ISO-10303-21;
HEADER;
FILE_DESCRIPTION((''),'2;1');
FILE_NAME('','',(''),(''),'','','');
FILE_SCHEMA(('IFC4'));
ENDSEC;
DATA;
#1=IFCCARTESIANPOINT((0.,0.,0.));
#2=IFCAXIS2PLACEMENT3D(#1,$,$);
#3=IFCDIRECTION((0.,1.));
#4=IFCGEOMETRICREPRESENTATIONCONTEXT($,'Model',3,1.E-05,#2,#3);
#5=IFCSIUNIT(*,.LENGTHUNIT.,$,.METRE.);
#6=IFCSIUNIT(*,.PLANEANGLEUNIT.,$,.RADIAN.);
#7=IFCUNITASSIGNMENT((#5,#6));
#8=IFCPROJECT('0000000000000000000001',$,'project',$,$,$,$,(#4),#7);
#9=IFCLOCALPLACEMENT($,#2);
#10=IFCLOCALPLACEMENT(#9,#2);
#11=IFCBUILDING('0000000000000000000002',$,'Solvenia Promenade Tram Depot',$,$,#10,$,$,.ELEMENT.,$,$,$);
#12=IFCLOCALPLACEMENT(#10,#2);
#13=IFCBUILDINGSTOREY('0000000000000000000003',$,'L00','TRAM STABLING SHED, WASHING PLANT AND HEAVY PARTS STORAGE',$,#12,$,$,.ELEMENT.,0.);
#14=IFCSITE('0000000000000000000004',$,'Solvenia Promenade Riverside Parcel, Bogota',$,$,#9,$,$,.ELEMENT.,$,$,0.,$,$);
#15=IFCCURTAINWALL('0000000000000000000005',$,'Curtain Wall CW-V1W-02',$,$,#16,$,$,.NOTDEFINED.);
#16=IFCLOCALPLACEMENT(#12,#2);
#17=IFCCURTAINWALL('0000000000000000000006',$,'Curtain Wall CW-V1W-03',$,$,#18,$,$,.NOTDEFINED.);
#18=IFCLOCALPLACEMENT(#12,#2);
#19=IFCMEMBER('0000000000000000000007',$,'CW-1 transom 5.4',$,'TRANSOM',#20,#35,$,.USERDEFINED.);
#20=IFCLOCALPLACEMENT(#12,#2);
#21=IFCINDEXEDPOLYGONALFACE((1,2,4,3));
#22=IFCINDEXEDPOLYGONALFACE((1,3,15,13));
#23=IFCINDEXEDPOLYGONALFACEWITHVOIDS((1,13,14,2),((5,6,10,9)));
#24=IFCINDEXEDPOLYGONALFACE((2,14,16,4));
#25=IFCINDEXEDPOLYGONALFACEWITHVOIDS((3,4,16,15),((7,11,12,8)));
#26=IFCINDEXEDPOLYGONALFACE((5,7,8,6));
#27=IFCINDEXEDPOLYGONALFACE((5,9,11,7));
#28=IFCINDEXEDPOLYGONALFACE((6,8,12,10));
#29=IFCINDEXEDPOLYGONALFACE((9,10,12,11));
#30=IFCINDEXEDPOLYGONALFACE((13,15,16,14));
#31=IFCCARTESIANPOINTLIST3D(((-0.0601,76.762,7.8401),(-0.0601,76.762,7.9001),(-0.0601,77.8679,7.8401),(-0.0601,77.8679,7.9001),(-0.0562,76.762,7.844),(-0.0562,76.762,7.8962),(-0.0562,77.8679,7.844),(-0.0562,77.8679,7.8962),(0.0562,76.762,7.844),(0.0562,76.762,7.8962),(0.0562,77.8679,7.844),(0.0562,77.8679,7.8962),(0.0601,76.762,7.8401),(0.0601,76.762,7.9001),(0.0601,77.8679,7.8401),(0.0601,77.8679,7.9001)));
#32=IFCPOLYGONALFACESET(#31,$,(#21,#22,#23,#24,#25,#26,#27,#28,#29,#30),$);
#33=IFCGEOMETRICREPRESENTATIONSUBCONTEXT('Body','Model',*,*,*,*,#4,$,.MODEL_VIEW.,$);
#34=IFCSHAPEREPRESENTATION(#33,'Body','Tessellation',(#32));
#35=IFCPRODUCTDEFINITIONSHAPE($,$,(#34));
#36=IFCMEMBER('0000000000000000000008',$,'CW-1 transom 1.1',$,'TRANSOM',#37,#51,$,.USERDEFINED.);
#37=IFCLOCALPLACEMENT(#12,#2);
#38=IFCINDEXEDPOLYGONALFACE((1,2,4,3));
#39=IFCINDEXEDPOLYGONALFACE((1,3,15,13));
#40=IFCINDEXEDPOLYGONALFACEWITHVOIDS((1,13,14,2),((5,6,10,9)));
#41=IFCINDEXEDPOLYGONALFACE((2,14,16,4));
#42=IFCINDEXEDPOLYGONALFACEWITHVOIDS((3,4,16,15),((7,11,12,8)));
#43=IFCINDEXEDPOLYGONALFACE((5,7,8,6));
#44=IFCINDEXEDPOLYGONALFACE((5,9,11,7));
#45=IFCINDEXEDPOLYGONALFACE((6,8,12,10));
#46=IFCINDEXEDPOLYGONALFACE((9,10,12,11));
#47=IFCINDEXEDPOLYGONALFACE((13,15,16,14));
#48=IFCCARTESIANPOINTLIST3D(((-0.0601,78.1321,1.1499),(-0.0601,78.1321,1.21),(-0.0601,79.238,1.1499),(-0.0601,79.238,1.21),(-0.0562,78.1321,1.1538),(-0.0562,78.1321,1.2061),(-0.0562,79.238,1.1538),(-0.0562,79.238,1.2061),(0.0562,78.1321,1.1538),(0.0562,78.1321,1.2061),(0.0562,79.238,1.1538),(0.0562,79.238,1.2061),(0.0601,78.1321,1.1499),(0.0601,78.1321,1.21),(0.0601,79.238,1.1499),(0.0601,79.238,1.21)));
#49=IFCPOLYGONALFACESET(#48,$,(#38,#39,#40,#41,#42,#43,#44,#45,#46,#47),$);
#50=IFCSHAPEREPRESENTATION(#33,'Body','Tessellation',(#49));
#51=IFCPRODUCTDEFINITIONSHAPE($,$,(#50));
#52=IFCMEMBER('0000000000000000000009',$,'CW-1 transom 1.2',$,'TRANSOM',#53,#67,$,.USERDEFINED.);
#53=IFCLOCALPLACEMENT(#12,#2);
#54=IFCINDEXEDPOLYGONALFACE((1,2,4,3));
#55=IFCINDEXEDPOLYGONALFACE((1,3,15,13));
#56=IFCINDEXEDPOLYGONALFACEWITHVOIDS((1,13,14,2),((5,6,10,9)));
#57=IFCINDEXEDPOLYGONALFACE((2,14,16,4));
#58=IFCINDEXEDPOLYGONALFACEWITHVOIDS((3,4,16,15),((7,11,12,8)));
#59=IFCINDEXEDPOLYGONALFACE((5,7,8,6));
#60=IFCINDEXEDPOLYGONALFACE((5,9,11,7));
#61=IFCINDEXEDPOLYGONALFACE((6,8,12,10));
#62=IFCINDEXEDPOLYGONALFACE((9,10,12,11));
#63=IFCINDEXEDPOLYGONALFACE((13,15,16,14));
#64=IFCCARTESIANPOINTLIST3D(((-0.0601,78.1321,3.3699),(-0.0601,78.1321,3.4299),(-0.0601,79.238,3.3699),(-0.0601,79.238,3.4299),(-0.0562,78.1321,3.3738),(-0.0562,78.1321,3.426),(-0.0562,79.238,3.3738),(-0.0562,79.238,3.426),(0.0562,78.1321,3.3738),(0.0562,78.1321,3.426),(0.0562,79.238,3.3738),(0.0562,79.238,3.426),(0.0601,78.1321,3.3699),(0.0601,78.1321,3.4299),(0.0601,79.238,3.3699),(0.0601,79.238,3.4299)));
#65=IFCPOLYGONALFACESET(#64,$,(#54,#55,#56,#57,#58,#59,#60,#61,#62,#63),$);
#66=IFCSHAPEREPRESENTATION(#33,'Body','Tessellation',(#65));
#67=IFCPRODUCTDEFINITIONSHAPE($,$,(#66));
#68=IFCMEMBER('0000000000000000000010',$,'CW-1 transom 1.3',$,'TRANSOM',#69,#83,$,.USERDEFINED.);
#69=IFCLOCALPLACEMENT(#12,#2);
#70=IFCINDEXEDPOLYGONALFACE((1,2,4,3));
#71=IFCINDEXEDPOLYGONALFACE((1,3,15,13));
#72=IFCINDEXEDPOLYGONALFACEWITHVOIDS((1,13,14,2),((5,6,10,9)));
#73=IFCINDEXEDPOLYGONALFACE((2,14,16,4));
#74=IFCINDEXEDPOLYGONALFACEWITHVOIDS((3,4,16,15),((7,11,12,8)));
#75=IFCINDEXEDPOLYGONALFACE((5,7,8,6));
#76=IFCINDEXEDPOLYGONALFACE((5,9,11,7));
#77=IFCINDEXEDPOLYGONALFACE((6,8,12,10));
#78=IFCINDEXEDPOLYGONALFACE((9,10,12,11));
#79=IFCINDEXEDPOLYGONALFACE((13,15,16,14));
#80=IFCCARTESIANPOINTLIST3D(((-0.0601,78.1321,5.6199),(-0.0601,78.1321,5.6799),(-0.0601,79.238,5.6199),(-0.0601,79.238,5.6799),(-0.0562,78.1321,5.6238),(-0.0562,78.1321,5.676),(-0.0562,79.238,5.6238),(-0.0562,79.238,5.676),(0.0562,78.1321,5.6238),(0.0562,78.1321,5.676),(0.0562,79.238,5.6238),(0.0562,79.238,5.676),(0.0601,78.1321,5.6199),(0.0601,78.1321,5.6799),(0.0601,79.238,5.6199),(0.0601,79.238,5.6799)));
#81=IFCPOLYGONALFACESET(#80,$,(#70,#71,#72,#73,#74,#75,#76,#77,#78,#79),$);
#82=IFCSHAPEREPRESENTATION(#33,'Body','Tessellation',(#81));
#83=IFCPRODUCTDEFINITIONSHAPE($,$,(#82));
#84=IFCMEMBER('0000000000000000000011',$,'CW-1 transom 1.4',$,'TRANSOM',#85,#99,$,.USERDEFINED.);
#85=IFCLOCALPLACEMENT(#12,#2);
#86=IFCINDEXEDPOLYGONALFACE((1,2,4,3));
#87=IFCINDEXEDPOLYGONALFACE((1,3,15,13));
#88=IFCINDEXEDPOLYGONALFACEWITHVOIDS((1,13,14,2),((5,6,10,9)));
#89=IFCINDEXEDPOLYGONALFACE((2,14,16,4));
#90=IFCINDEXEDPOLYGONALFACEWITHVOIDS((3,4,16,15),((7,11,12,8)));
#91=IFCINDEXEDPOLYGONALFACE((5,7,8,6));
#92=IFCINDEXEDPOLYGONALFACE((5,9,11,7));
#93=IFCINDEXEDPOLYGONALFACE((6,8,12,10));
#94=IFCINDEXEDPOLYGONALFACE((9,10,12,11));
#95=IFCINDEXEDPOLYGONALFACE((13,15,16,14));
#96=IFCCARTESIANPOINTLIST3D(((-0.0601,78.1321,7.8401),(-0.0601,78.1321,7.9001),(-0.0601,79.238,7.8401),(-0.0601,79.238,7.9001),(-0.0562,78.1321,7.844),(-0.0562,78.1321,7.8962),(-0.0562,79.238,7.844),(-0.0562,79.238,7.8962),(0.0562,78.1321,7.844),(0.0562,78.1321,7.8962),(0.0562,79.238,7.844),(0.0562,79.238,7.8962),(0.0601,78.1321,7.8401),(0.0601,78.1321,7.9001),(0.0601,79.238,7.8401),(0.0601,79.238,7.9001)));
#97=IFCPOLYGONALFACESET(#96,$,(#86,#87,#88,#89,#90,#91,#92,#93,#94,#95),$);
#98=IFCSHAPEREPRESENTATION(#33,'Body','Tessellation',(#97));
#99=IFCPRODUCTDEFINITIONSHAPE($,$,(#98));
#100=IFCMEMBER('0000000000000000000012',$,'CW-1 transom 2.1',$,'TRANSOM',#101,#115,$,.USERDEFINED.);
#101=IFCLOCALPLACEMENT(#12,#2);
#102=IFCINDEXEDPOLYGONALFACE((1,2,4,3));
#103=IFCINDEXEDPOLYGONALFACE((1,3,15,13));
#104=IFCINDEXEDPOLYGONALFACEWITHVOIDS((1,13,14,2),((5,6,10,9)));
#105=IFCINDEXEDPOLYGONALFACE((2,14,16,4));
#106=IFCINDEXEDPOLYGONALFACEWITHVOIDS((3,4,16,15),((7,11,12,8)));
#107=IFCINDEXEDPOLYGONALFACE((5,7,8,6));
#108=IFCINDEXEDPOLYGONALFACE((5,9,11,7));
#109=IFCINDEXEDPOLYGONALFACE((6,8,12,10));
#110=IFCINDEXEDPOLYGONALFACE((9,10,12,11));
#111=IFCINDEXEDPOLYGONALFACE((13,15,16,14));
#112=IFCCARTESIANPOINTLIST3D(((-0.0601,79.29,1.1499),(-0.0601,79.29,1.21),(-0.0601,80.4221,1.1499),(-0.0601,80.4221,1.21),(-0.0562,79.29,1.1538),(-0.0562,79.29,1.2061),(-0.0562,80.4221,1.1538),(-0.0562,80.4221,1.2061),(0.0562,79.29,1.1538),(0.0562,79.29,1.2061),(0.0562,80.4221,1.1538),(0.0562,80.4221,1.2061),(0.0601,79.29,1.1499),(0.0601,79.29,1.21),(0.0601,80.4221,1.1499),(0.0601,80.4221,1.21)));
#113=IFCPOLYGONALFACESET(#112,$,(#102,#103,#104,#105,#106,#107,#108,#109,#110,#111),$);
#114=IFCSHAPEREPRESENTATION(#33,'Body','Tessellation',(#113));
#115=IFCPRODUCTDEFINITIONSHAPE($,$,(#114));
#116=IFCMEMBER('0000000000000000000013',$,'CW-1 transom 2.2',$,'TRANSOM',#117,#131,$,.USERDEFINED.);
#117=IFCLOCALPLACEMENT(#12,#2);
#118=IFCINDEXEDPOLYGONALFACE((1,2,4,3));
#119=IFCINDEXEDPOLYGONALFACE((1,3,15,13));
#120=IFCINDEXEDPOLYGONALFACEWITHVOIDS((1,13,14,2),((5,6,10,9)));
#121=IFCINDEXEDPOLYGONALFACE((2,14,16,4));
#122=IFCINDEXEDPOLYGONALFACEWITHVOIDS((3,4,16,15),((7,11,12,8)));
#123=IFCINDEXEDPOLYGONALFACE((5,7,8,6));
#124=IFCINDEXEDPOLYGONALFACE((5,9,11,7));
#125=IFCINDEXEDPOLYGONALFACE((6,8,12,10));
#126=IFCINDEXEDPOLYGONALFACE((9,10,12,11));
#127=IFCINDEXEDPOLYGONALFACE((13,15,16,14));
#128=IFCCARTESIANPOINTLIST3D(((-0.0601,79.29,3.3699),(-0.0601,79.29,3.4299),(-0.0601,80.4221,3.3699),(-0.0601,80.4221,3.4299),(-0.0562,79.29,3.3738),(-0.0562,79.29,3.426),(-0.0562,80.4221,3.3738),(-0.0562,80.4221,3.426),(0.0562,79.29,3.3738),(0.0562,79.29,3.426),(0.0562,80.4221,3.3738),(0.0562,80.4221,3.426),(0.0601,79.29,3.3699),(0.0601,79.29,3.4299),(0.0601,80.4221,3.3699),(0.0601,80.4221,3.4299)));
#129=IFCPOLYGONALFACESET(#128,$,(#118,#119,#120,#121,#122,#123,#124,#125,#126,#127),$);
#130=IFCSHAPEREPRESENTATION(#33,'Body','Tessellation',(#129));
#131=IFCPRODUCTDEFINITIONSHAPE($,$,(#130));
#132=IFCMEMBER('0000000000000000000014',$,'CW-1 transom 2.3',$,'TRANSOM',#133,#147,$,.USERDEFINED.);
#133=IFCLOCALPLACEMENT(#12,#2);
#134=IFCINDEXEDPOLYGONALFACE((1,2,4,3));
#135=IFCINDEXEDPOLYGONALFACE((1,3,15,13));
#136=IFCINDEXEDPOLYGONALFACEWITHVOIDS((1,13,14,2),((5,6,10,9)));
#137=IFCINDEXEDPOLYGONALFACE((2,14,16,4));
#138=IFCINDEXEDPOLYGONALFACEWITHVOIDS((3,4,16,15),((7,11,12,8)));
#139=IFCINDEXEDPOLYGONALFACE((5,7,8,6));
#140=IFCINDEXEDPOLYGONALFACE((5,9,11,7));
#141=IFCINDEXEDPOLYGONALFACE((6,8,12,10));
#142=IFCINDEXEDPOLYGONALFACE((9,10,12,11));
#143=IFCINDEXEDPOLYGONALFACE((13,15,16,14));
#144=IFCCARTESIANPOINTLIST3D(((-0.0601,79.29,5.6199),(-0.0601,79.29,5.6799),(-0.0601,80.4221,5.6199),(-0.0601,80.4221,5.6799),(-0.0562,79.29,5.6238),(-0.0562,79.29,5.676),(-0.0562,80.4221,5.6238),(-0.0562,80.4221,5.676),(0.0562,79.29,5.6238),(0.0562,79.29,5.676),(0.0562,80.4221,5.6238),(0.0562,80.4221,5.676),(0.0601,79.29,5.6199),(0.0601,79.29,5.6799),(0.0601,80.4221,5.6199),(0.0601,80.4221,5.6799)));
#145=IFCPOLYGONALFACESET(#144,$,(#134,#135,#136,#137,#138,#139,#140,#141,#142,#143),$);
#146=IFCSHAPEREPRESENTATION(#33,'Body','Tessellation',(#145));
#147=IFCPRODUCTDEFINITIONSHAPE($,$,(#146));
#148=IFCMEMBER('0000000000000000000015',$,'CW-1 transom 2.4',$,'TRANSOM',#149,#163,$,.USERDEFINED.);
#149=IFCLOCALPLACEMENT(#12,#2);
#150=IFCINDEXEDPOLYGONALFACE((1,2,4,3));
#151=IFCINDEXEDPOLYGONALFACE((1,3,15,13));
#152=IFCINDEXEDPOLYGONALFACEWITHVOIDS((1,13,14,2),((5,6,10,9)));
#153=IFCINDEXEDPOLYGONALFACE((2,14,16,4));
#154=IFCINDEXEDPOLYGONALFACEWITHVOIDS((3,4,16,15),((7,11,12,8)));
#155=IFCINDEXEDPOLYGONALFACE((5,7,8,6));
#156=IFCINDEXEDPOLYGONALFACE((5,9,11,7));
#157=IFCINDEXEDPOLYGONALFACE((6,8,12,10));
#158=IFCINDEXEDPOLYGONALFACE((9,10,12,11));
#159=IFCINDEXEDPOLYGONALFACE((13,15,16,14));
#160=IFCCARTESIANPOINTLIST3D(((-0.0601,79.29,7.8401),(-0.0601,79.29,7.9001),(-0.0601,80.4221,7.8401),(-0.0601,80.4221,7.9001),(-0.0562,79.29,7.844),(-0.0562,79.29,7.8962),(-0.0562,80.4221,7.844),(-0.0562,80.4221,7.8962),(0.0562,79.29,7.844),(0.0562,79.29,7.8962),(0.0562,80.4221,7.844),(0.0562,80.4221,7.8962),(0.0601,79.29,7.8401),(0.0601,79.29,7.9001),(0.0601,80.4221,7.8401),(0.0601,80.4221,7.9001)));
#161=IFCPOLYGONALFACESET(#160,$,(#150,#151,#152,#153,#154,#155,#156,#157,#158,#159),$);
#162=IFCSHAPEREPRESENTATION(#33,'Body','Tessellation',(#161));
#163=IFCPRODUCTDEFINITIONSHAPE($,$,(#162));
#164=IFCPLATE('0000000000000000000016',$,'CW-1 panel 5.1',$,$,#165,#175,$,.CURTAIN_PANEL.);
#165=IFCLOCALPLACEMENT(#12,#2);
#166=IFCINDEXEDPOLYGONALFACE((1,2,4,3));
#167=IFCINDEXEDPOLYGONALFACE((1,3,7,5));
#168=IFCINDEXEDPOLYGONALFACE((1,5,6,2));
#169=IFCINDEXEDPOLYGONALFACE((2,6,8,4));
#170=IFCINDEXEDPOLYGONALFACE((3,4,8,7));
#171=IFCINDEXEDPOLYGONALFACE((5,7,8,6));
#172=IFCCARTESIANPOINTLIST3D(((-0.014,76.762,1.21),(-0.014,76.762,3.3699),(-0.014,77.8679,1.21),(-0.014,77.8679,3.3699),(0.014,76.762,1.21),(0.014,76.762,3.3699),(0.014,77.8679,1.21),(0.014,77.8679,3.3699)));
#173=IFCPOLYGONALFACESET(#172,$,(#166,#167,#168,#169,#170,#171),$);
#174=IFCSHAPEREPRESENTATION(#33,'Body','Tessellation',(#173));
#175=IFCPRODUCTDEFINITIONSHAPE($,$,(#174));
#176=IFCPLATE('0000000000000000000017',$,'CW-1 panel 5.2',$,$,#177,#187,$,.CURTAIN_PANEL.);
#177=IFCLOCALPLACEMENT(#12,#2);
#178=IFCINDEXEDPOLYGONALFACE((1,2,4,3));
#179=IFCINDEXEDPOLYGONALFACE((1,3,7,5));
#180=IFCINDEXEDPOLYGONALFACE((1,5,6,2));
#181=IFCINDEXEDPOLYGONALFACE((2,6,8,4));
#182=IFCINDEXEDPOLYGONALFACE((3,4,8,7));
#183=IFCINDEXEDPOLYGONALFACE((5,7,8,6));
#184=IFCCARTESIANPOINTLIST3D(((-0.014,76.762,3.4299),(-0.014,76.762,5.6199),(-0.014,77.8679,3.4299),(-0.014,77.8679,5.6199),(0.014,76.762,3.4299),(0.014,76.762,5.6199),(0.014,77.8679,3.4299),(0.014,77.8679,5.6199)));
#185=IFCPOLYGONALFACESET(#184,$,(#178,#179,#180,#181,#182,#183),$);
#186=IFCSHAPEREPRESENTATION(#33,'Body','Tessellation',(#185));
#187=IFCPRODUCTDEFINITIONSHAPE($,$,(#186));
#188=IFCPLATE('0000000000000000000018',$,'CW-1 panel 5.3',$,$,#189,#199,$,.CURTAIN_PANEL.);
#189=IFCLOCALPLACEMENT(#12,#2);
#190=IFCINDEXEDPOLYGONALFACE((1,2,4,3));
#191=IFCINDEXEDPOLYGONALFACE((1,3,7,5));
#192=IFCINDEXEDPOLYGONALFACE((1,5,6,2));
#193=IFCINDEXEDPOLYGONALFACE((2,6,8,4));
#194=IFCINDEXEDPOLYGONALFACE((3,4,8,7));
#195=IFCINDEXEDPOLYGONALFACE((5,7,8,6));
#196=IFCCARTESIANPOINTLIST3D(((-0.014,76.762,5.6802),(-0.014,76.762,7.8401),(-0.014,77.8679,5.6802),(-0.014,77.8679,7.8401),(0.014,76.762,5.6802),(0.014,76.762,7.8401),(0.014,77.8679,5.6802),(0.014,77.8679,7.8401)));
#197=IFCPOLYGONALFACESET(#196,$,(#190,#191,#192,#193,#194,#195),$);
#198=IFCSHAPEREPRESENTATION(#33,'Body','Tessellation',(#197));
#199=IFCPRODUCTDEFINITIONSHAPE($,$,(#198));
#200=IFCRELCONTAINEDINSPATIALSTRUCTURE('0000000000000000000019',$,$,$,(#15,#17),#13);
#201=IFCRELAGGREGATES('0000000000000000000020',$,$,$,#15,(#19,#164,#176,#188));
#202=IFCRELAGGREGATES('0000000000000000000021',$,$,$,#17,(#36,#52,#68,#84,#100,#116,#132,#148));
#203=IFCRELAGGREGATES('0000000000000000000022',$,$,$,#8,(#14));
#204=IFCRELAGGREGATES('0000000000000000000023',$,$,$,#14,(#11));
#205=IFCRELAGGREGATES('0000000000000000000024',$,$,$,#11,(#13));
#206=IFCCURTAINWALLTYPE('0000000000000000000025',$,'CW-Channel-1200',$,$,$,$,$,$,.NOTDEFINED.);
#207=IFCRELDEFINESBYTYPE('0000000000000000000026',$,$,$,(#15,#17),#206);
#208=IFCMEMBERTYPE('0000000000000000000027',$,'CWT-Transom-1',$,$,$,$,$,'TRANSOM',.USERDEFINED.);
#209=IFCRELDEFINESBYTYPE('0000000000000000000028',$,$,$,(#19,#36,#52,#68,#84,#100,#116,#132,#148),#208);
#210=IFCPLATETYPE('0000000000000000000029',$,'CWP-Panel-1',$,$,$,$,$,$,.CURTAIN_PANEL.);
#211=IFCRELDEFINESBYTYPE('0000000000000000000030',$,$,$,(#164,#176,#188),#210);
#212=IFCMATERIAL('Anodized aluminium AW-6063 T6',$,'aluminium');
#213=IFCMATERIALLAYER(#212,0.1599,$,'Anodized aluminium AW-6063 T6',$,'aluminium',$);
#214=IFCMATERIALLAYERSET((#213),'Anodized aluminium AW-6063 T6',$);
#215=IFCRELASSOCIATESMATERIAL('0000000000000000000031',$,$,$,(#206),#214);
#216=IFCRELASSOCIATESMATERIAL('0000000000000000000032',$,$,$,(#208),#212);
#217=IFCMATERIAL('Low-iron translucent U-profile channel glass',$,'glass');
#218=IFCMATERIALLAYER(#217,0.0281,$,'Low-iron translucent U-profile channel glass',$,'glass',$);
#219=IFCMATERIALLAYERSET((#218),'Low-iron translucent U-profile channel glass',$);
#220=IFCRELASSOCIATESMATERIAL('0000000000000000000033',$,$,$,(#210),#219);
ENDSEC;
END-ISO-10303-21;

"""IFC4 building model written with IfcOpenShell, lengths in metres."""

from ifc_helpers import new_model, si_unit, direction, frame, origin, origin_2d, place, context, subcontext, project, spatial, rectangle, hollow_rectangle, extrude, material, layer, layer_set, material_profile, profile_set, type_object, element, aggregate, save


model = new_model("IFC4")

# Units and contexts
model_context = context("Model", 3, precision=1e-05, world=origin(), true_north=direction((0.0, 1.0)))
body_context = subcontext(model_context, "Body", "Model", "MODEL_VIEW")
ifc_project = project(units=[si_unit("LENGTHUNIT", "METRE"), si_unit("PLANEANGLEUNIT", "RADIAN")], contexts=[model_context])

# Site, building, storey
site_placement = place(None, origin())
site = spatial("IfcSite", under=ifc_project, at=site_placement, Name="Solvenia Promenade Riverside Parcel, Bogota", CompositionType="ELEMENT", RefElevation=0.0)
building_placement = place(site_placement, origin())
building = spatial("IfcBuilding", under=site, at=building_placement, Name="Solvenia Promenade Tram Depot", CompositionType="ELEMENT")
storey_placement = place(building_placement, origin())
storey = spatial("IfcBuildingStorey", under=building, at=storey_placement, Name="L00", Description="TRAM STABLING SHED, WASHING PLANT AND HEAVY PARTS STORAGE", CompositionType="ELEMENT", Elevation=0.0)

# Curtain wall
ifc_material_1 = material(Name="Anodized aluminium AW-6063 T6", Category="aluminium")
ifc_layer_1 = layer(ifc_material_1, 0.1599, Name="Anodized aluminium AW-6063 T6", Category="aluminium")
ifc_layer_set_1 = layer_set([ifc_layer_1], Name="Anodized aluminium AW-6063 T6")
curtain_wall_type = type_object("IfcCurtainWallType", Name="CW-Channel-1200", PredefinedType="NOTDEFINED", material=ifc_layer_set_1)
curtain_wall_1_placement = place(storey_placement, origin())
curtain_wall_1 = element("IfcCurtainWall", 1, at=curtain_wall_1_placement, inside=storey, type_object=curtain_wall_type, Name="Curtain Wall CW-V1W-02", PredefinedType="NOTDEFINED")

# Curtain wall
curtain_wall_2_placement = place(storey_placement, origin())
curtain_wall_2 = element("IfcCurtainWall", 2, at=curtain_wall_2_placement, inside=storey, type_object=curtain_wall_type, Name="Curtain Wall CW-V1W-03", PredefinedType="NOTDEFINED")

# Members
ifc_material_profile_1 = material_profile(ifc_material_1, hollow_rectangle(XDim=0.1201, YDim=0.0601, WallThickness=0.0039, at=origin_2d()), Name="ALU-T1", Category="aluminium")
ifc_profile_set_1 = profile_set([ifc_material_profile_1], Name="Anodized aluminium AW-6063 T6")
member_type_1 = type_object("IfcMemberType", Name="CWT-Transom-1", ElementType="TRANSOM", PredefinedType="USERDEFINED", material=ifc_profile_set_1)
member_1_placement = place(storey_placement, frame((0.0, 76.762, 7.8701), z_axis=(0.0, 1.0, 0.0), x_axis=(-1.0, 0.0, 0.0)))
member_1 = element("IfcMember", 3, at=member_1_placement, type_object=member_type_1, Name="CW-1 transom 5.4", ObjectType="TRANSOM", PredefinedType="USERDEFINED", context=body_context, shape_type="SweptSolid", body=[
    extrude(hollow_rectangle(XDim=0.1201, YDim=0.0601, WallThickness=0.0039, at=origin_2d()), origin(), (0.0, 0.0, 1.0), 1.106),
])
member_2_placement = place(storey_placement, frame((0.0, 78.1321, 1.1799), z_axis=(0.0, 1.0, 0.0), x_axis=(-1.0, 0.0, 0.0)))
member_2 = element("IfcMember", 4, at=member_2_placement, type_object=member_type_1, Name="CW-1 transom 1.1", ObjectType="TRANSOM", PredefinedType="USERDEFINED", context=body_context, shape_type="SweptSolid", body=[
    extrude(hollow_rectangle(XDim=0.1201, YDim=0.0601, WallThickness=0.0039, at=origin_2d()), origin(), (0.0, 0.0, 1.0), 1.106),
])
member_3_placement = place(storey_placement, frame((0.0, 78.1321, 3.3999), z_axis=(0.0, 1.0, 0.0), x_axis=(-1.0, 0.0, 0.0)))
member_3 = element("IfcMember", 5, at=member_3_placement, type_object=member_type_1, Name="CW-1 transom 1.2", ObjectType="TRANSOM", PredefinedType="USERDEFINED", context=body_context, shape_type="SweptSolid", body=[
    extrude(hollow_rectangle(XDim=0.1201, YDim=0.0601, WallThickness=0.0039, at=origin_2d()), origin(), (0.0, 0.0, 1.0), 1.106),
])
member_4_placement = place(storey_placement, frame((0.0, 78.1321, 5.6499), z_axis=(0.0, 1.0, 0.0), x_axis=(-1.0, 0.0, 0.0)))
member_4 = element("IfcMember", 6, at=member_4_placement, type_object=member_type_1, Name="CW-1 transom 1.3", ObjectType="TRANSOM", PredefinedType="USERDEFINED", context=body_context, shape_type="SweptSolid", body=[
    extrude(hollow_rectangle(XDim=0.1201, YDim=0.0601, WallThickness=0.0039, at=origin_2d()), origin(), (0.0, 0.0, 1.0), 1.106),
])
member_5_placement = place(storey_placement, frame((0.0, 78.1321, 7.8701), z_axis=(0.0, 1.0, 0.0), x_axis=(-1.0, 0.0, 0.0)))
member_5 = element("IfcMember", 7, at=member_5_placement, type_object=member_type_1, Name="CW-1 transom 1.4", ObjectType="TRANSOM", PredefinedType="USERDEFINED", context=body_context, shape_type="SweptSolid", body=[
    extrude(hollow_rectangle(XDim=0.1201, YDim=0.0601, WallThickness=0.0039, at=origin_2d()), origin(), (0.0, 0.0, 1.0), 1.106),
])
member_6_placement = place(storey_placement, frame((0.0, 79.29, 1.1799), z_axis=(0.0, 1.0, 0.0), x_axis=(-1.0, 0.0, 0.0)))
member_6 = element("IfcMember", 8, at=member_6_placement, type_object=member_type_1, Name="CW-1 transom 2.1", ObjectType="TRANSOM", PredefinedType="USERDEFINED", context=body_context, shape_type="SweptSolid", body=[
    extrude(hollow_rectangle(XDim=0.1201, YDim=0.0601, WallThickness=0.0039, at=origin_2d()), origin(), (0.0, 0.0, 1.0), 1.1321),
])
member_7_placement = place(storey_placement, frame((0.0, 79.29, 3.3999), z_axis=(0.0, 1.0, 0.0), x_axis=(-1.0, 0.0, 0.0)))
member_7 = element("IfcMember", 9, at=member_7_placement, type_object=member_type_1, Name="CW-1 transom 2.2", ObjectType="TRANSOM", PredefinedType="USERDEFINED", context=body_context, shape_type="SweptSolid", body=[
    extrude(hollow_rectangle(XDim=0.1201, YDim=0.0601, WallThickness=0.0039, at=origin_2d()), origin(), (0.0, 0.0, 1.0), 1.1321),
])
member_8_placement = place(storey_placement, frame((0.0, 79.29, 5.6499), z_axis=(0.0, 1.0, 0.0), x_axis=(-1.0, 0.0, 0.0)))
member_8 = element("IfcMember", 10, at=member_8_placement, type_object=member_type_1, Name="CW-1 transom 2.3", ObjectType="TRANSOM", PredefinedType="USERDEFINED", context=body_context, shape_type="SweptSolid", body=[
    extrude(hollow_rectangle(XDim=0.1201, YDim=0.0601, WallThickness=0.0039, at=origin_2d()), origin(), (0.0, 0.0, 1.0), 1.1321),
])
member_9_placement = place(storey_placement, frame((0.0, 79.29, 7.8701), z_axis=(0.0, 1.0, 0.0), x_axis=(-1.0, 0.0, 0.0)))
member_9 = element("IfcMember", 11, at=member_9_placement, type_object=member_type_1, Name="CW-1 transom 2.4", ObjectType="TRANSOM", PredefinedType="USERDEFINED", context=body_context, shape_type="SweptSolid", body=[
    extrude(hollow_rectangle(XDim=0.1201, YDim=0.0601, WallThickness=0.0039, at=origin_2d()), origin(), (0.0, 0.0, 1.0), 1.1321),
])

# Plates
ifc_material_2 = material(Name="Low-iron translucent U-profile channel glass", Category="glass")
ifc_layer_2 = layer(ifc_material_2, 0.0281, Name="Low-iron translucent U-profile channel glass", Category="glass")
ifc_layer_set_2 = layer_set([ifc_layer_2], Name="Low-iron translucent U-profile channel glass")
plate_type = type_object("IfcPlateType", Name="CWP-Panel-1", PredefinedType="CURTAIN_PANEL", material=ifc_layer_set_2)
plate_1_placement = place(storey_placement, frame((0.0, 77.3149, 1.21), z_axis=(0.0, 0.0, 1.0), x_axis=(0.0, 1.0, 0.0)))
plate_1 = element("IfcPlate", 12, at=plate_1_placement, type_object=plate_type, Name="CW-1 panel 5.1", PredefinedType="CURTAIN_PANEL", context=body_context, shape_type="SweptSolid", body=[
    extrude(rectangle(XDim=1.106, YDim=0.0281, at=origin_2d()), origin(), (0.0, 0.0, 1.0), 2.1599),
])
plate_2_placement = place(storey_placement, frame((0.0, 77.3149, 3.4299), z_axis=(0.0, 0.0, 1.0), x_axis=(0.0, 1.0, 0.0)))
plate_2 = element("IfcPlate", 13, at=plate_2_placement, type_object=plate_type, Name="CW-1 panel 5.2", PredefinedType="CURTAIN_PANEL", context=body_context, shape_type="SweptSolid", body=[
    extrude(rectangle(XDim=1.106, YDim=0.0281, at=origin_2d()), origin(), (0.0, 0.0, 1.0), 2.1899),
])
plate_3_placement = place(storey_placement, frame((0.0, 77.3149, 5.6802), z_axis=(0.0, 0.0, 1.0), x_axis=(0.0, 1.0, 0.0)))
plate_3 = element("IfcPlate", 14, at=plate_3_placement, type_object=plate_type, Name="CW-1 panel 5.3", PredefinedType="CURTAIN_PANEL", context=body_context, shape_type="SweptSolid", body=[
    extrude(rectangle(XDim=1.106, YDim=0.0281, at=origin_2d()), origin(), (0.0, 0.0, 1.0), 2.1599),
])
aggregate(curtain_wall_1, [member_1, plate_1, plate_2, plate_3])
aggregate(curtain_wall_2, [member_2, member_3, member_4, member_5, member_6, member_7, member_8, member_9])

save(model, "model.ifc")
